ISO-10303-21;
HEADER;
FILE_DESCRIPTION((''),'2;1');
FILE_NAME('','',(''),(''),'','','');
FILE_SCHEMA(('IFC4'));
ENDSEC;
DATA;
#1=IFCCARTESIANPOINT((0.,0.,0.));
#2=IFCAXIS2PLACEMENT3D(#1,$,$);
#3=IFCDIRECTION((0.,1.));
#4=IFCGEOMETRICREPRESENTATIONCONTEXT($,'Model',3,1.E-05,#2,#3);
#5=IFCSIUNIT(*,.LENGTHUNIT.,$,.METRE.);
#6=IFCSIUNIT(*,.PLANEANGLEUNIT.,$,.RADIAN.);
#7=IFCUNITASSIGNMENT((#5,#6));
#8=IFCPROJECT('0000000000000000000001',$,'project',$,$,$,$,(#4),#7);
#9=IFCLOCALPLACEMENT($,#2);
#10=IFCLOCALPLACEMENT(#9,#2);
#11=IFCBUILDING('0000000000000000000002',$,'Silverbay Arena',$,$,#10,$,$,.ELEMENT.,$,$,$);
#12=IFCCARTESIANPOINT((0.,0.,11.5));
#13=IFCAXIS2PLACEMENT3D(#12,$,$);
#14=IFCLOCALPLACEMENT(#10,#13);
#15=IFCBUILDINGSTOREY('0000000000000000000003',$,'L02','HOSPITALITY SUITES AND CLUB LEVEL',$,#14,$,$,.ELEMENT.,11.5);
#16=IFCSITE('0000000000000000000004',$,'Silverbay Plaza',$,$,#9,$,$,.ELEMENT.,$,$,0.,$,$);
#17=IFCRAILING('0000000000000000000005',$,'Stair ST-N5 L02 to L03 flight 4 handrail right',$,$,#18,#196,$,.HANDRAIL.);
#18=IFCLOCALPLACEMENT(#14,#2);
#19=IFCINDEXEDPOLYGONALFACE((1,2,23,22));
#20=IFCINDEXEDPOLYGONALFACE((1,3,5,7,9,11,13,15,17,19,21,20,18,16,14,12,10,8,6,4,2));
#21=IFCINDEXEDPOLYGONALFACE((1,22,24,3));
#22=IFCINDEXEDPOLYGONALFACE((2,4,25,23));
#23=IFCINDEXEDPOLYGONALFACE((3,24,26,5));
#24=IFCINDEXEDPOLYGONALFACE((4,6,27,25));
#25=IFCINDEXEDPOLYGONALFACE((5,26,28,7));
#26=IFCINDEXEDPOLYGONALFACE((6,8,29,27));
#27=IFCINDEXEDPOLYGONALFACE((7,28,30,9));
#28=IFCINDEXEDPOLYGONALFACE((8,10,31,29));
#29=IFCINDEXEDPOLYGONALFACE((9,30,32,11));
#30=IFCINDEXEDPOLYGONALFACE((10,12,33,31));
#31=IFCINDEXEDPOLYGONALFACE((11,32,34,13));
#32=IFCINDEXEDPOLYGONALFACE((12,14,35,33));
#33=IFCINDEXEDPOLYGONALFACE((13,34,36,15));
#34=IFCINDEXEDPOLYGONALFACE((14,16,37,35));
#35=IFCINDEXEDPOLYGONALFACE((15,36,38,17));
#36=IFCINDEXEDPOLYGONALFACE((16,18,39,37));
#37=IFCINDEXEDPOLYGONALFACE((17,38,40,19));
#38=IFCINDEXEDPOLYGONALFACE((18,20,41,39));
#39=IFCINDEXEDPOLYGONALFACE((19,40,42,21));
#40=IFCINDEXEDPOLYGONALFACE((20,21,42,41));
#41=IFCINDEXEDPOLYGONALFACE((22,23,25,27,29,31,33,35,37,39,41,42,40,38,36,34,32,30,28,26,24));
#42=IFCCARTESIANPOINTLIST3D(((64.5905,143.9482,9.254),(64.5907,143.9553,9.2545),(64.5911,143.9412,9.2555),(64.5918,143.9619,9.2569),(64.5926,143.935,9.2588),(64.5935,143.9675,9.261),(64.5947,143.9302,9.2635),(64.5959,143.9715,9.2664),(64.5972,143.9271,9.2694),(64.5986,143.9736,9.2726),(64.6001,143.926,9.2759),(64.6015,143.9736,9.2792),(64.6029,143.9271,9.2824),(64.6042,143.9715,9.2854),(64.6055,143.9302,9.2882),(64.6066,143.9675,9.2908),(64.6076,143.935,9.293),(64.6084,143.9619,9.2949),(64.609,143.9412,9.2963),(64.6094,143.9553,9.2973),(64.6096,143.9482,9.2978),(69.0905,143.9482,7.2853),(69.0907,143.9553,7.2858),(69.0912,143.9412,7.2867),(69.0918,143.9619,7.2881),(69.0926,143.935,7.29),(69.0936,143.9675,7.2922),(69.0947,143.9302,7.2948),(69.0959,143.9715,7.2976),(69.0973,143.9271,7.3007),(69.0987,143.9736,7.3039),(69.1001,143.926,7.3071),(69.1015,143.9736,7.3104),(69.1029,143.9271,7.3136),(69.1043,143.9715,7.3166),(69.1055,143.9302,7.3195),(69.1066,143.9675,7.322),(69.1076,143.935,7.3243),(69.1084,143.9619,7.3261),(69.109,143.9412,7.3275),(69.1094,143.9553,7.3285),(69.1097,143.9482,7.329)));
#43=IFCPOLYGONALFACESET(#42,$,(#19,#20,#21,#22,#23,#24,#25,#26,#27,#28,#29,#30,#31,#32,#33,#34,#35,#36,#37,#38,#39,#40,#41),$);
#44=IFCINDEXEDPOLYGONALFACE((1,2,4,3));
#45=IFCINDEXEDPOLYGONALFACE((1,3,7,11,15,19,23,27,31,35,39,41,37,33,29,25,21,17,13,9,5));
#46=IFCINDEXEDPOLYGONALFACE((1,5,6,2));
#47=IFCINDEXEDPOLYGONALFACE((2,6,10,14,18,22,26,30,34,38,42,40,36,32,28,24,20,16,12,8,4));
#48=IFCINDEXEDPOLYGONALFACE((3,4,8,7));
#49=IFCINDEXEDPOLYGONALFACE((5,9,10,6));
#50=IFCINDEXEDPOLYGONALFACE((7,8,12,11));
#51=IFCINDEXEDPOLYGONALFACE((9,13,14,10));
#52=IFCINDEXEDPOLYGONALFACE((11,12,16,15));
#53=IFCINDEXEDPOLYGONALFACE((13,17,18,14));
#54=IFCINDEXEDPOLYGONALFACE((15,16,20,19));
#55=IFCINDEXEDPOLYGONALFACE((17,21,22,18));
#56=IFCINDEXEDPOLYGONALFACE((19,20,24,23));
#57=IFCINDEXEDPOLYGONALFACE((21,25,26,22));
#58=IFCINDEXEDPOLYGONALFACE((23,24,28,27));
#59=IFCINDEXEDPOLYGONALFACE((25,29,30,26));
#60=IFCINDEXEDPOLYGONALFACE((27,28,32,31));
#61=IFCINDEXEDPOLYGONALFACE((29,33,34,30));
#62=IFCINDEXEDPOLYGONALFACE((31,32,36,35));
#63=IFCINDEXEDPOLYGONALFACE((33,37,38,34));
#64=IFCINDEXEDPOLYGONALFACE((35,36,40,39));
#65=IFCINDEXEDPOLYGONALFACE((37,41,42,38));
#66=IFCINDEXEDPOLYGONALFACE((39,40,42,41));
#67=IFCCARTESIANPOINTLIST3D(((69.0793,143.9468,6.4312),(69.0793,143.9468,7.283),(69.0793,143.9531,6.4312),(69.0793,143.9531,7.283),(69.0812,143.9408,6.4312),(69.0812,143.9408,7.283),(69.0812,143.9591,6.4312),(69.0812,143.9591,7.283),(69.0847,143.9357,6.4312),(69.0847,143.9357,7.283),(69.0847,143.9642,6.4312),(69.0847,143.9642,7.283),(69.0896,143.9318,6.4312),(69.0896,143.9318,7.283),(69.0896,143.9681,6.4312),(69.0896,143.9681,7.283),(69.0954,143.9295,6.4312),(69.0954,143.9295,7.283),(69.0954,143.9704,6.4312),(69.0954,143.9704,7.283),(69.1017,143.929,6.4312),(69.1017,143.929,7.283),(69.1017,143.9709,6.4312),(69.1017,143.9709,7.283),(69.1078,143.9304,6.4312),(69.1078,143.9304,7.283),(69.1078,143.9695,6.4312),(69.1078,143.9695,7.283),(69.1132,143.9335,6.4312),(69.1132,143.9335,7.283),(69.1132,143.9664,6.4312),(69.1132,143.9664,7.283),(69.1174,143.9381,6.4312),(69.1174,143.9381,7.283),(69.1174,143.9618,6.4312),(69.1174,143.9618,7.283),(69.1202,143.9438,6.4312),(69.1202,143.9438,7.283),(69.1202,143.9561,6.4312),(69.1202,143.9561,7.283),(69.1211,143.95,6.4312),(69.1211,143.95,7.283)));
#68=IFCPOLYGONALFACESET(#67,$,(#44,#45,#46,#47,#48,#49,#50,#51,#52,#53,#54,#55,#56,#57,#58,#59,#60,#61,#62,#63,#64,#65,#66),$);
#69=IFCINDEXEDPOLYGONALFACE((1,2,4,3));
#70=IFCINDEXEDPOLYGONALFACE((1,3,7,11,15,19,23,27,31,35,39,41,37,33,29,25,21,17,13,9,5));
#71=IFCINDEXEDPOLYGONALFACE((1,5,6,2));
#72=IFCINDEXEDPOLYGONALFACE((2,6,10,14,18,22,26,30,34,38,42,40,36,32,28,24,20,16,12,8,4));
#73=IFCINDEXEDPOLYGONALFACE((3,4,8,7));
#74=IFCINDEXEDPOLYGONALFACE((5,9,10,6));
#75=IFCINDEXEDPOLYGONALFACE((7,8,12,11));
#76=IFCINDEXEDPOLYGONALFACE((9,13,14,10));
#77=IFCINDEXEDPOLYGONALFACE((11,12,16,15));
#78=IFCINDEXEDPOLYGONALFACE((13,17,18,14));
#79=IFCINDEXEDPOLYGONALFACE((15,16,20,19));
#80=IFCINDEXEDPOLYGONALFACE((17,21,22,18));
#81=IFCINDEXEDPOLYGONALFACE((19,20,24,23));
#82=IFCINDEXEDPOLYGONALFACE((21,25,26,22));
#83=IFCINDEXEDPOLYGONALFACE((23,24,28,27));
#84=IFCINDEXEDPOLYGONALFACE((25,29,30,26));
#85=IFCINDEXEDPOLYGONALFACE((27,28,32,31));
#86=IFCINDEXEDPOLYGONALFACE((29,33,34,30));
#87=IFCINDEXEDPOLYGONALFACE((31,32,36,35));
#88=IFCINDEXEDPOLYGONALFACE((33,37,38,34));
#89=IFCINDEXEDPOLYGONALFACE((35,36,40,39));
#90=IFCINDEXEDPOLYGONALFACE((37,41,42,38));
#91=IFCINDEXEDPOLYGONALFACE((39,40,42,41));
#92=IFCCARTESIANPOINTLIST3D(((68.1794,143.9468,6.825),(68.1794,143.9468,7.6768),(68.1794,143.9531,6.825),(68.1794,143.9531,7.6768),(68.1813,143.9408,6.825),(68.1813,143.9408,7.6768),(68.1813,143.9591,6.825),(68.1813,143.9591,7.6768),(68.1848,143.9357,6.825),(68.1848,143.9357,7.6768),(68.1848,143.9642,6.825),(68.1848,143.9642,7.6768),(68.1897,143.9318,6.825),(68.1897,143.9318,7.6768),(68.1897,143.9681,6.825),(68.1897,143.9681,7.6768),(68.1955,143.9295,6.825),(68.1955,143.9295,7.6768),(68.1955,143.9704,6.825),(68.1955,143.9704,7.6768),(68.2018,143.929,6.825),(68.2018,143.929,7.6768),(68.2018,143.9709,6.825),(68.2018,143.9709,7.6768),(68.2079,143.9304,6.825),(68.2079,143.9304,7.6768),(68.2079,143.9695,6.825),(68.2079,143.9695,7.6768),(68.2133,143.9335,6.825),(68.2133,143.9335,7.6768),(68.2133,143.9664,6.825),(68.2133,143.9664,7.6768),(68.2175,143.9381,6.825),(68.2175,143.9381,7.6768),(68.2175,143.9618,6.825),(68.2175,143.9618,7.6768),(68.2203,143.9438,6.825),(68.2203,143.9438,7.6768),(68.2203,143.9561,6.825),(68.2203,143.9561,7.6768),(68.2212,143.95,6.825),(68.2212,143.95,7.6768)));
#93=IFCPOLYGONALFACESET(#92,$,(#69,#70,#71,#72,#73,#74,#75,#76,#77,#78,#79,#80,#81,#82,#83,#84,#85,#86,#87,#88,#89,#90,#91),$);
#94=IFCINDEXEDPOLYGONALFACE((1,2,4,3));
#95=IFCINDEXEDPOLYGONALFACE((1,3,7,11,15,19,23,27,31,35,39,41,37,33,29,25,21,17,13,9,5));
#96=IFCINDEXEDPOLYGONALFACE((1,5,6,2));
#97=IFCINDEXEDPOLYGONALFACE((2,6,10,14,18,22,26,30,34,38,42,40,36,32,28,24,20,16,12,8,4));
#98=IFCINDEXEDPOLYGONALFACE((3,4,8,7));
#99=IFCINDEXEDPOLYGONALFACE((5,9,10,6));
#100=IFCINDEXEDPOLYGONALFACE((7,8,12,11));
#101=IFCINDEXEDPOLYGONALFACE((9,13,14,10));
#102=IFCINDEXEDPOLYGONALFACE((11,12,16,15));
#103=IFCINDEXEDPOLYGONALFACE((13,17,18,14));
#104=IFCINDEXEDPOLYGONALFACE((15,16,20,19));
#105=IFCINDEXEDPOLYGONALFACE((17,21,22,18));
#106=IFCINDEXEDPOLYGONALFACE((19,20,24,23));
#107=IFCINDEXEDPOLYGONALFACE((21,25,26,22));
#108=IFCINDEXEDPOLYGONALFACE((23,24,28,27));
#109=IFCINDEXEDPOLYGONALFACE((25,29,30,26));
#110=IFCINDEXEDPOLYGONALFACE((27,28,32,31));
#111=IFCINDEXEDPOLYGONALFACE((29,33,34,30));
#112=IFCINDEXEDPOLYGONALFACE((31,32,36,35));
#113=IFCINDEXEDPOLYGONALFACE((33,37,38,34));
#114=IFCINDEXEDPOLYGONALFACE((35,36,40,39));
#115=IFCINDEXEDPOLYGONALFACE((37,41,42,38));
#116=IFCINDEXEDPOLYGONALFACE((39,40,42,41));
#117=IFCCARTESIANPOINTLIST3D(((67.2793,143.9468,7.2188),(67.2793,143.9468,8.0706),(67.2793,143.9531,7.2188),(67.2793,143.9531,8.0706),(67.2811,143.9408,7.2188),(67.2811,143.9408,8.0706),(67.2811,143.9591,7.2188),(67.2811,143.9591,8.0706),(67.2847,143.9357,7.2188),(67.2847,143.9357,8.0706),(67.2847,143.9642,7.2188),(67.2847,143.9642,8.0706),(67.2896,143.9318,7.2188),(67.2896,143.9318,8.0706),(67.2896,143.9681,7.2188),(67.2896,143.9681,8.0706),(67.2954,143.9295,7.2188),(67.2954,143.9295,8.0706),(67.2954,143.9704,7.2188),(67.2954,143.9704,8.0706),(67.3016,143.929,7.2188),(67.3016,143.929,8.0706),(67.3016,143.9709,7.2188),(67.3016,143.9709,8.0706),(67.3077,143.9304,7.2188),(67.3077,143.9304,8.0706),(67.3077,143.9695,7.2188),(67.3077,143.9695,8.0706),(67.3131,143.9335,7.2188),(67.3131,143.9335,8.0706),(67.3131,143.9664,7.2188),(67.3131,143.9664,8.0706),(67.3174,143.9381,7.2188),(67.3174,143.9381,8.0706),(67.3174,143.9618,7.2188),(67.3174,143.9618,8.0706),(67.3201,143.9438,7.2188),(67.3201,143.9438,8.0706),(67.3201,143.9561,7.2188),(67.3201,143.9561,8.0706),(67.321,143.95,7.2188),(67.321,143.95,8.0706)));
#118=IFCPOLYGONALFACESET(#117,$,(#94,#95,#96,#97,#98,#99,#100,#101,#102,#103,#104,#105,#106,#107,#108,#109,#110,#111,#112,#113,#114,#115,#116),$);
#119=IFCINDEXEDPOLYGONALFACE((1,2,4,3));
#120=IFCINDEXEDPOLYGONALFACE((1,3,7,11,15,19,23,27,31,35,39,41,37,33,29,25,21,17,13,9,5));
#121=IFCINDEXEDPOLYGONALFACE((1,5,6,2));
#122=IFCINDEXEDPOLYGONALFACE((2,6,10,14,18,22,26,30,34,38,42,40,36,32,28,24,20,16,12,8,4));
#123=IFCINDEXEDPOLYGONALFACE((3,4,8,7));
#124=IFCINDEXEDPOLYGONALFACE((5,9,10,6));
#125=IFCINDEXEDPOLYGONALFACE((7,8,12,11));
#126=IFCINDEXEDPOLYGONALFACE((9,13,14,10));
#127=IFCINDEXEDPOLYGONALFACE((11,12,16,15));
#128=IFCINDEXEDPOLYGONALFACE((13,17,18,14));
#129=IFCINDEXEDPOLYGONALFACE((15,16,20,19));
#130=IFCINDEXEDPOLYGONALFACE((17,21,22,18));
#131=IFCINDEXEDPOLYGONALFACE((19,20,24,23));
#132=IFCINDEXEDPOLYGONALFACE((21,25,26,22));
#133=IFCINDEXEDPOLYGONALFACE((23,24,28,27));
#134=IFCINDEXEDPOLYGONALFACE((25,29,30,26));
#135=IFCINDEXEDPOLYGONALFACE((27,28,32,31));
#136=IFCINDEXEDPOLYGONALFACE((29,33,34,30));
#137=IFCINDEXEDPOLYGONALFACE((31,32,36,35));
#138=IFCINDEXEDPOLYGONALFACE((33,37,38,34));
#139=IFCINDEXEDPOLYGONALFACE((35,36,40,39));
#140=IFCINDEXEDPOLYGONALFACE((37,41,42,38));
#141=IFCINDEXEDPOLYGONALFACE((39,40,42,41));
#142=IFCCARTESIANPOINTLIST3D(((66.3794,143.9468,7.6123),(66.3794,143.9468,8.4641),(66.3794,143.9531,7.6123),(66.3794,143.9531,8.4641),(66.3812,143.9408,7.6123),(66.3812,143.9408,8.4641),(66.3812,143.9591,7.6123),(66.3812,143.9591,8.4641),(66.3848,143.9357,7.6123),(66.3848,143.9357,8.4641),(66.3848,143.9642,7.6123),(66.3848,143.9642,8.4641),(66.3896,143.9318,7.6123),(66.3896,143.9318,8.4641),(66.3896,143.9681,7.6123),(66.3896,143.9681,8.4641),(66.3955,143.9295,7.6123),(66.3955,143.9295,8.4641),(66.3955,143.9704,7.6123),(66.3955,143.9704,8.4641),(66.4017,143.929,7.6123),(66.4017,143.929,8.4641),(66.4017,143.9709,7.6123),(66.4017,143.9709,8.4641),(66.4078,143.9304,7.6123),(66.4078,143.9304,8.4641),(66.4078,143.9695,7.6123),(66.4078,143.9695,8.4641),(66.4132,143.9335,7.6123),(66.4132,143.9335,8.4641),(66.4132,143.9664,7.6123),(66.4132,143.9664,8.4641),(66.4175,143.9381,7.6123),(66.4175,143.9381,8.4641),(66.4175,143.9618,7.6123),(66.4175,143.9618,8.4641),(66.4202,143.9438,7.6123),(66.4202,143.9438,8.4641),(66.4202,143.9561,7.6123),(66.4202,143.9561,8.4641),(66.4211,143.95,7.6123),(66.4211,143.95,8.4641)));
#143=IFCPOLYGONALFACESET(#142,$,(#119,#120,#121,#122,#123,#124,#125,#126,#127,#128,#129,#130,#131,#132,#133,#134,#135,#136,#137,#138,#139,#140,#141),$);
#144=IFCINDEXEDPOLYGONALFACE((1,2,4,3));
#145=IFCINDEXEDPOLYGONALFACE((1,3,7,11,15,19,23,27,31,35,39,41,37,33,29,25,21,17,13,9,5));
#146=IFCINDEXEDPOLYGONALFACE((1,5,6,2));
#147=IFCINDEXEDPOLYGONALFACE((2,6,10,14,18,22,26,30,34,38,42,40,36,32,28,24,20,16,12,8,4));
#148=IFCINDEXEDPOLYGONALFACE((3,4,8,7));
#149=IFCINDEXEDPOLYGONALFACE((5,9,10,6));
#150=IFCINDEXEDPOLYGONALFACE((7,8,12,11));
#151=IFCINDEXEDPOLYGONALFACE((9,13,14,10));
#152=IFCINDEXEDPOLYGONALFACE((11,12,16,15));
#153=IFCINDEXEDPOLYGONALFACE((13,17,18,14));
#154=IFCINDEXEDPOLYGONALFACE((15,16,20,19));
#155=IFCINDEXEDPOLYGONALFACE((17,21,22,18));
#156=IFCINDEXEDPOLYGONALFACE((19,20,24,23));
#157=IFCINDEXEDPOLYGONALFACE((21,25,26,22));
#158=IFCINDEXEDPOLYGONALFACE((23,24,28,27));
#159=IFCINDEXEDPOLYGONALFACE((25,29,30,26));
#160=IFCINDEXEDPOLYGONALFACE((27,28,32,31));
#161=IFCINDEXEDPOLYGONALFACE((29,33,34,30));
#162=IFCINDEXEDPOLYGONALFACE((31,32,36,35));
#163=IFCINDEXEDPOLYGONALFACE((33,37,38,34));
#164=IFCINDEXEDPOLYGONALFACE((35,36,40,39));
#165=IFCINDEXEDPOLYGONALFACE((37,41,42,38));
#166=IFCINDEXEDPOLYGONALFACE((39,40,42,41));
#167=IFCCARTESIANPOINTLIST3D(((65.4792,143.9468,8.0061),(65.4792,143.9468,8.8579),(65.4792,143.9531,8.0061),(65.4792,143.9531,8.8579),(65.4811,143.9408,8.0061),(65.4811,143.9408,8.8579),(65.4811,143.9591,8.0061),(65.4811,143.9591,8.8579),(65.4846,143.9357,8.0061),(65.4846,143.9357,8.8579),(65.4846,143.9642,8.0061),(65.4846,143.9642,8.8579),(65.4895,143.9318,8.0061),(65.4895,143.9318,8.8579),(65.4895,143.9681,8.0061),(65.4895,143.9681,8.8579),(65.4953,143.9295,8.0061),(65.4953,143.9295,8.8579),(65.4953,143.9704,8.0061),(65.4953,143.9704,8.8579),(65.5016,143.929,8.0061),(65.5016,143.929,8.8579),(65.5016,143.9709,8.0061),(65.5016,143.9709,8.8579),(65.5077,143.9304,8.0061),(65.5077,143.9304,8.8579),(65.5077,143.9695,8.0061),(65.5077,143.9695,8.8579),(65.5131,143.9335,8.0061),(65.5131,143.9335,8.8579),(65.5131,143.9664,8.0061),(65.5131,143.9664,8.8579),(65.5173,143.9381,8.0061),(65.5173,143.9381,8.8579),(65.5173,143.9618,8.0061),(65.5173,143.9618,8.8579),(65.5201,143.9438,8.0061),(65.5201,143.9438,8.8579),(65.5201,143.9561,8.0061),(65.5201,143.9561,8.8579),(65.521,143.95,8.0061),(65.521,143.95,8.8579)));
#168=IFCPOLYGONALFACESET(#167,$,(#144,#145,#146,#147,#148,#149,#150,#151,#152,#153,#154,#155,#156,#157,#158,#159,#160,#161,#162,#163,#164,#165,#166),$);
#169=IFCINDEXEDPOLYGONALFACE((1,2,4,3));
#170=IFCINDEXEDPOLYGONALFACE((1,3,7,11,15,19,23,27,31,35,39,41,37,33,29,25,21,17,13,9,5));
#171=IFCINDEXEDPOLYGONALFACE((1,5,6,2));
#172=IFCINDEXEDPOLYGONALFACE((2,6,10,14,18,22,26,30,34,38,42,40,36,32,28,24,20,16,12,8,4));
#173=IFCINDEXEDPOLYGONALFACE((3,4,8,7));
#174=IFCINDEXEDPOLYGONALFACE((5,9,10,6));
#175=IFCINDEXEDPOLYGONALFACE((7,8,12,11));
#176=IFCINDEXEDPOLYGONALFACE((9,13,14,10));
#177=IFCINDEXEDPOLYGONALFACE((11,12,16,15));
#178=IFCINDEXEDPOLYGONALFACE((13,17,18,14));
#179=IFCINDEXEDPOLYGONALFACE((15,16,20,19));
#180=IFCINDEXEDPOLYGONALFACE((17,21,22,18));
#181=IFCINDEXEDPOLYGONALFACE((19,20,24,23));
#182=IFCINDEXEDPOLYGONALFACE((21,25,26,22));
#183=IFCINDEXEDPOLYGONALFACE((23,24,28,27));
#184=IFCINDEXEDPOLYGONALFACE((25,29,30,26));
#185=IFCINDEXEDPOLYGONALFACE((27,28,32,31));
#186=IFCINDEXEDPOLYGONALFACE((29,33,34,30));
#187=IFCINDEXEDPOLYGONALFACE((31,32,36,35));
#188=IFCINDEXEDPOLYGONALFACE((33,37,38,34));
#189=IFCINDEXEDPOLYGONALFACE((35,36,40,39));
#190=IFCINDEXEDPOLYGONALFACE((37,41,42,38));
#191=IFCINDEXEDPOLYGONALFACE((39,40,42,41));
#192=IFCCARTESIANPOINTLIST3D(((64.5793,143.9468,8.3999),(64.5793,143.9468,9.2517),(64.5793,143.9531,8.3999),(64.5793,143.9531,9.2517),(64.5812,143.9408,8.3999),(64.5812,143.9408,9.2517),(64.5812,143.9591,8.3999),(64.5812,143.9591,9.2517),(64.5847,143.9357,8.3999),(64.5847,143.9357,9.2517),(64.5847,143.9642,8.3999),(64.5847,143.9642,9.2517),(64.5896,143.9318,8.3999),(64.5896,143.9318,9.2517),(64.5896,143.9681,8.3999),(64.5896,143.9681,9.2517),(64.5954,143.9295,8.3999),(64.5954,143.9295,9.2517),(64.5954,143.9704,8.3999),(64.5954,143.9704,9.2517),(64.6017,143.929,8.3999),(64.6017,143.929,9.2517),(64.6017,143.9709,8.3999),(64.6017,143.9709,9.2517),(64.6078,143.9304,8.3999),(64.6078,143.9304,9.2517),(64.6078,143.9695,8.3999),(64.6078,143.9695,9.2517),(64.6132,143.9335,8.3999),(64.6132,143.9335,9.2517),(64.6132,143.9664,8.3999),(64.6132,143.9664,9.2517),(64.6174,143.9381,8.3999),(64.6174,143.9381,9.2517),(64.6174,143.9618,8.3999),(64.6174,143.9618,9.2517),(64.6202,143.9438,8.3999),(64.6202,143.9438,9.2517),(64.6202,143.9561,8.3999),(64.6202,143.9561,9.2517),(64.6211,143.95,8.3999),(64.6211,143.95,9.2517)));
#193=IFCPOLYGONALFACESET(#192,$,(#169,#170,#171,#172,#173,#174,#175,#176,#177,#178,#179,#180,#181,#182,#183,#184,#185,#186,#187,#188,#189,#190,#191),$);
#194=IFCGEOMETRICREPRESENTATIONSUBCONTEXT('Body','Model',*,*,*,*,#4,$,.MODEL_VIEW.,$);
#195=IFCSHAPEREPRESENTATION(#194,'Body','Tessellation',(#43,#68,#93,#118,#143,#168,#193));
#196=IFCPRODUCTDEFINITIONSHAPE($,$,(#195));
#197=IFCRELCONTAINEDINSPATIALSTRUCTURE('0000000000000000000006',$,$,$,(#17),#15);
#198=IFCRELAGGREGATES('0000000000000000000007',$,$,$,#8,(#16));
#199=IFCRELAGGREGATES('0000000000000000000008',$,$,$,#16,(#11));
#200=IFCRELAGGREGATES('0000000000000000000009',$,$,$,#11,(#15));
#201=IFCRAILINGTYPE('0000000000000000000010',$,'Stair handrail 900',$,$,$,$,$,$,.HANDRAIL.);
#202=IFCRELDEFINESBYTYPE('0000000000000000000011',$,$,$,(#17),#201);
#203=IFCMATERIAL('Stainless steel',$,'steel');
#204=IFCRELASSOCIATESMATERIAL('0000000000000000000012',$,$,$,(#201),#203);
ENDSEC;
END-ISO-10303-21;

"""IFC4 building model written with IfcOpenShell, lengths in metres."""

from ifc_helpers import new_model, si_unit, direction, frame, origin, origin_2d, place, context, subcontext, project, spatial, circle, extrude, material, type_object, element, save


model = new_model("IFC4")

# Units and contexts
model_context = context("Model", 3, precision=1e-05, world=origin(), true_north=direction((0.0, 1.0)))
body_context = subcontext(model_context, "Body", "Model", "MODEL_VIEW")
ifc_project = project(units=[si_unit("LENGTHUNIT", "METRE"), si_unit("PLANEANGLEUNIT", "RADIAN")], contexts=[model_context])

# Site, building, storey
site_placement = place(None, origin())
site = spatial("IfcSite", under=ifc_project, at=site_placement, Name="Silverbay Plaza", CompositionType="ELEMENT", RefElevation=0.0)
building_placement = place(site_placement, origin())
building = spatial("IfcBuilding", under=site, at=building_placement, Name="Silverbay Arena", CompositionType="ELEMENT")
storey_placement = place(building_placement, frame((0.0, 0.0, 11.5)))
storey = spatial("IfcBuildingStorey", under=building, at=storey_placement, Name="L02", Description="HOSPITALITY SUITES AND CLUB LEVEL", CompositionType="ELEMENT", Elevation=11.5)

# Railing
ifc_material_1 = material(Name="Stainless steel", Category="steel")
railing_type_1 = type_object("IfcRailingType", Name="Stair handrail 900", PredefinedType="HANDRAIL", material=ifc_material_1)
for number, where, name in (
    (1, (69.1001, 143.95, 6.4312), "Stair ST-N5 L02 to L03 flight 4 handrail right"),
):
    element("IfcRailing", number, at=place(storey_placement, frame(where)), inside=storey, type_object=railing_type_1, Name=name, PredefinedType="HANDRAIL", context=body_context, shape_type="SweptSolid", body=[
        extrude(circle(Radius=0.0239, at=origin_2d()), frame((0.0, 0.0, 0.876), z_axis=(-0.916157, 0.0, 0.400819), x_axis=(0.0, -1.0, 0.0)), (0.0, 0.0, 1.0), 4.9119),
        extrude(circle(Radius=0.021, at=origin_2d()), origin(), (0.0, 0.0, 1.0), 0.8518),
        extrude(circle(Radius=0.021, at=origin_2d()), frame((-0.8999, 0.0, 0.3938)), (0.0, 0.0, 1.0), 0.8518),
        extrude(circle(Radius=0.021, at=origin_2d()), frame((-1.8, 0.0, 0.7876)), (0.0, 0.0, 1.0), 0.8518),
        extrude(circle(Radius=0.021, at=origin_2d()), frame((-2.7, 0.0, 1.1812)), (0.0, 0.0, 1.0), 0.8518),
        extrude(circle(Radius=0.021, at=origin_2d()), frame((-3.6001, 0.0, 1.575)), (0.0, 0.0, 1.0), 0.8518),
        extrude(circle(Radius=0.021, at=origin_2d()), frame((-4.5, 0.0, 1.9688)), (0.0, 0.0, 1.0), 0.8518),
    ])

save(model, "model.ifc")
